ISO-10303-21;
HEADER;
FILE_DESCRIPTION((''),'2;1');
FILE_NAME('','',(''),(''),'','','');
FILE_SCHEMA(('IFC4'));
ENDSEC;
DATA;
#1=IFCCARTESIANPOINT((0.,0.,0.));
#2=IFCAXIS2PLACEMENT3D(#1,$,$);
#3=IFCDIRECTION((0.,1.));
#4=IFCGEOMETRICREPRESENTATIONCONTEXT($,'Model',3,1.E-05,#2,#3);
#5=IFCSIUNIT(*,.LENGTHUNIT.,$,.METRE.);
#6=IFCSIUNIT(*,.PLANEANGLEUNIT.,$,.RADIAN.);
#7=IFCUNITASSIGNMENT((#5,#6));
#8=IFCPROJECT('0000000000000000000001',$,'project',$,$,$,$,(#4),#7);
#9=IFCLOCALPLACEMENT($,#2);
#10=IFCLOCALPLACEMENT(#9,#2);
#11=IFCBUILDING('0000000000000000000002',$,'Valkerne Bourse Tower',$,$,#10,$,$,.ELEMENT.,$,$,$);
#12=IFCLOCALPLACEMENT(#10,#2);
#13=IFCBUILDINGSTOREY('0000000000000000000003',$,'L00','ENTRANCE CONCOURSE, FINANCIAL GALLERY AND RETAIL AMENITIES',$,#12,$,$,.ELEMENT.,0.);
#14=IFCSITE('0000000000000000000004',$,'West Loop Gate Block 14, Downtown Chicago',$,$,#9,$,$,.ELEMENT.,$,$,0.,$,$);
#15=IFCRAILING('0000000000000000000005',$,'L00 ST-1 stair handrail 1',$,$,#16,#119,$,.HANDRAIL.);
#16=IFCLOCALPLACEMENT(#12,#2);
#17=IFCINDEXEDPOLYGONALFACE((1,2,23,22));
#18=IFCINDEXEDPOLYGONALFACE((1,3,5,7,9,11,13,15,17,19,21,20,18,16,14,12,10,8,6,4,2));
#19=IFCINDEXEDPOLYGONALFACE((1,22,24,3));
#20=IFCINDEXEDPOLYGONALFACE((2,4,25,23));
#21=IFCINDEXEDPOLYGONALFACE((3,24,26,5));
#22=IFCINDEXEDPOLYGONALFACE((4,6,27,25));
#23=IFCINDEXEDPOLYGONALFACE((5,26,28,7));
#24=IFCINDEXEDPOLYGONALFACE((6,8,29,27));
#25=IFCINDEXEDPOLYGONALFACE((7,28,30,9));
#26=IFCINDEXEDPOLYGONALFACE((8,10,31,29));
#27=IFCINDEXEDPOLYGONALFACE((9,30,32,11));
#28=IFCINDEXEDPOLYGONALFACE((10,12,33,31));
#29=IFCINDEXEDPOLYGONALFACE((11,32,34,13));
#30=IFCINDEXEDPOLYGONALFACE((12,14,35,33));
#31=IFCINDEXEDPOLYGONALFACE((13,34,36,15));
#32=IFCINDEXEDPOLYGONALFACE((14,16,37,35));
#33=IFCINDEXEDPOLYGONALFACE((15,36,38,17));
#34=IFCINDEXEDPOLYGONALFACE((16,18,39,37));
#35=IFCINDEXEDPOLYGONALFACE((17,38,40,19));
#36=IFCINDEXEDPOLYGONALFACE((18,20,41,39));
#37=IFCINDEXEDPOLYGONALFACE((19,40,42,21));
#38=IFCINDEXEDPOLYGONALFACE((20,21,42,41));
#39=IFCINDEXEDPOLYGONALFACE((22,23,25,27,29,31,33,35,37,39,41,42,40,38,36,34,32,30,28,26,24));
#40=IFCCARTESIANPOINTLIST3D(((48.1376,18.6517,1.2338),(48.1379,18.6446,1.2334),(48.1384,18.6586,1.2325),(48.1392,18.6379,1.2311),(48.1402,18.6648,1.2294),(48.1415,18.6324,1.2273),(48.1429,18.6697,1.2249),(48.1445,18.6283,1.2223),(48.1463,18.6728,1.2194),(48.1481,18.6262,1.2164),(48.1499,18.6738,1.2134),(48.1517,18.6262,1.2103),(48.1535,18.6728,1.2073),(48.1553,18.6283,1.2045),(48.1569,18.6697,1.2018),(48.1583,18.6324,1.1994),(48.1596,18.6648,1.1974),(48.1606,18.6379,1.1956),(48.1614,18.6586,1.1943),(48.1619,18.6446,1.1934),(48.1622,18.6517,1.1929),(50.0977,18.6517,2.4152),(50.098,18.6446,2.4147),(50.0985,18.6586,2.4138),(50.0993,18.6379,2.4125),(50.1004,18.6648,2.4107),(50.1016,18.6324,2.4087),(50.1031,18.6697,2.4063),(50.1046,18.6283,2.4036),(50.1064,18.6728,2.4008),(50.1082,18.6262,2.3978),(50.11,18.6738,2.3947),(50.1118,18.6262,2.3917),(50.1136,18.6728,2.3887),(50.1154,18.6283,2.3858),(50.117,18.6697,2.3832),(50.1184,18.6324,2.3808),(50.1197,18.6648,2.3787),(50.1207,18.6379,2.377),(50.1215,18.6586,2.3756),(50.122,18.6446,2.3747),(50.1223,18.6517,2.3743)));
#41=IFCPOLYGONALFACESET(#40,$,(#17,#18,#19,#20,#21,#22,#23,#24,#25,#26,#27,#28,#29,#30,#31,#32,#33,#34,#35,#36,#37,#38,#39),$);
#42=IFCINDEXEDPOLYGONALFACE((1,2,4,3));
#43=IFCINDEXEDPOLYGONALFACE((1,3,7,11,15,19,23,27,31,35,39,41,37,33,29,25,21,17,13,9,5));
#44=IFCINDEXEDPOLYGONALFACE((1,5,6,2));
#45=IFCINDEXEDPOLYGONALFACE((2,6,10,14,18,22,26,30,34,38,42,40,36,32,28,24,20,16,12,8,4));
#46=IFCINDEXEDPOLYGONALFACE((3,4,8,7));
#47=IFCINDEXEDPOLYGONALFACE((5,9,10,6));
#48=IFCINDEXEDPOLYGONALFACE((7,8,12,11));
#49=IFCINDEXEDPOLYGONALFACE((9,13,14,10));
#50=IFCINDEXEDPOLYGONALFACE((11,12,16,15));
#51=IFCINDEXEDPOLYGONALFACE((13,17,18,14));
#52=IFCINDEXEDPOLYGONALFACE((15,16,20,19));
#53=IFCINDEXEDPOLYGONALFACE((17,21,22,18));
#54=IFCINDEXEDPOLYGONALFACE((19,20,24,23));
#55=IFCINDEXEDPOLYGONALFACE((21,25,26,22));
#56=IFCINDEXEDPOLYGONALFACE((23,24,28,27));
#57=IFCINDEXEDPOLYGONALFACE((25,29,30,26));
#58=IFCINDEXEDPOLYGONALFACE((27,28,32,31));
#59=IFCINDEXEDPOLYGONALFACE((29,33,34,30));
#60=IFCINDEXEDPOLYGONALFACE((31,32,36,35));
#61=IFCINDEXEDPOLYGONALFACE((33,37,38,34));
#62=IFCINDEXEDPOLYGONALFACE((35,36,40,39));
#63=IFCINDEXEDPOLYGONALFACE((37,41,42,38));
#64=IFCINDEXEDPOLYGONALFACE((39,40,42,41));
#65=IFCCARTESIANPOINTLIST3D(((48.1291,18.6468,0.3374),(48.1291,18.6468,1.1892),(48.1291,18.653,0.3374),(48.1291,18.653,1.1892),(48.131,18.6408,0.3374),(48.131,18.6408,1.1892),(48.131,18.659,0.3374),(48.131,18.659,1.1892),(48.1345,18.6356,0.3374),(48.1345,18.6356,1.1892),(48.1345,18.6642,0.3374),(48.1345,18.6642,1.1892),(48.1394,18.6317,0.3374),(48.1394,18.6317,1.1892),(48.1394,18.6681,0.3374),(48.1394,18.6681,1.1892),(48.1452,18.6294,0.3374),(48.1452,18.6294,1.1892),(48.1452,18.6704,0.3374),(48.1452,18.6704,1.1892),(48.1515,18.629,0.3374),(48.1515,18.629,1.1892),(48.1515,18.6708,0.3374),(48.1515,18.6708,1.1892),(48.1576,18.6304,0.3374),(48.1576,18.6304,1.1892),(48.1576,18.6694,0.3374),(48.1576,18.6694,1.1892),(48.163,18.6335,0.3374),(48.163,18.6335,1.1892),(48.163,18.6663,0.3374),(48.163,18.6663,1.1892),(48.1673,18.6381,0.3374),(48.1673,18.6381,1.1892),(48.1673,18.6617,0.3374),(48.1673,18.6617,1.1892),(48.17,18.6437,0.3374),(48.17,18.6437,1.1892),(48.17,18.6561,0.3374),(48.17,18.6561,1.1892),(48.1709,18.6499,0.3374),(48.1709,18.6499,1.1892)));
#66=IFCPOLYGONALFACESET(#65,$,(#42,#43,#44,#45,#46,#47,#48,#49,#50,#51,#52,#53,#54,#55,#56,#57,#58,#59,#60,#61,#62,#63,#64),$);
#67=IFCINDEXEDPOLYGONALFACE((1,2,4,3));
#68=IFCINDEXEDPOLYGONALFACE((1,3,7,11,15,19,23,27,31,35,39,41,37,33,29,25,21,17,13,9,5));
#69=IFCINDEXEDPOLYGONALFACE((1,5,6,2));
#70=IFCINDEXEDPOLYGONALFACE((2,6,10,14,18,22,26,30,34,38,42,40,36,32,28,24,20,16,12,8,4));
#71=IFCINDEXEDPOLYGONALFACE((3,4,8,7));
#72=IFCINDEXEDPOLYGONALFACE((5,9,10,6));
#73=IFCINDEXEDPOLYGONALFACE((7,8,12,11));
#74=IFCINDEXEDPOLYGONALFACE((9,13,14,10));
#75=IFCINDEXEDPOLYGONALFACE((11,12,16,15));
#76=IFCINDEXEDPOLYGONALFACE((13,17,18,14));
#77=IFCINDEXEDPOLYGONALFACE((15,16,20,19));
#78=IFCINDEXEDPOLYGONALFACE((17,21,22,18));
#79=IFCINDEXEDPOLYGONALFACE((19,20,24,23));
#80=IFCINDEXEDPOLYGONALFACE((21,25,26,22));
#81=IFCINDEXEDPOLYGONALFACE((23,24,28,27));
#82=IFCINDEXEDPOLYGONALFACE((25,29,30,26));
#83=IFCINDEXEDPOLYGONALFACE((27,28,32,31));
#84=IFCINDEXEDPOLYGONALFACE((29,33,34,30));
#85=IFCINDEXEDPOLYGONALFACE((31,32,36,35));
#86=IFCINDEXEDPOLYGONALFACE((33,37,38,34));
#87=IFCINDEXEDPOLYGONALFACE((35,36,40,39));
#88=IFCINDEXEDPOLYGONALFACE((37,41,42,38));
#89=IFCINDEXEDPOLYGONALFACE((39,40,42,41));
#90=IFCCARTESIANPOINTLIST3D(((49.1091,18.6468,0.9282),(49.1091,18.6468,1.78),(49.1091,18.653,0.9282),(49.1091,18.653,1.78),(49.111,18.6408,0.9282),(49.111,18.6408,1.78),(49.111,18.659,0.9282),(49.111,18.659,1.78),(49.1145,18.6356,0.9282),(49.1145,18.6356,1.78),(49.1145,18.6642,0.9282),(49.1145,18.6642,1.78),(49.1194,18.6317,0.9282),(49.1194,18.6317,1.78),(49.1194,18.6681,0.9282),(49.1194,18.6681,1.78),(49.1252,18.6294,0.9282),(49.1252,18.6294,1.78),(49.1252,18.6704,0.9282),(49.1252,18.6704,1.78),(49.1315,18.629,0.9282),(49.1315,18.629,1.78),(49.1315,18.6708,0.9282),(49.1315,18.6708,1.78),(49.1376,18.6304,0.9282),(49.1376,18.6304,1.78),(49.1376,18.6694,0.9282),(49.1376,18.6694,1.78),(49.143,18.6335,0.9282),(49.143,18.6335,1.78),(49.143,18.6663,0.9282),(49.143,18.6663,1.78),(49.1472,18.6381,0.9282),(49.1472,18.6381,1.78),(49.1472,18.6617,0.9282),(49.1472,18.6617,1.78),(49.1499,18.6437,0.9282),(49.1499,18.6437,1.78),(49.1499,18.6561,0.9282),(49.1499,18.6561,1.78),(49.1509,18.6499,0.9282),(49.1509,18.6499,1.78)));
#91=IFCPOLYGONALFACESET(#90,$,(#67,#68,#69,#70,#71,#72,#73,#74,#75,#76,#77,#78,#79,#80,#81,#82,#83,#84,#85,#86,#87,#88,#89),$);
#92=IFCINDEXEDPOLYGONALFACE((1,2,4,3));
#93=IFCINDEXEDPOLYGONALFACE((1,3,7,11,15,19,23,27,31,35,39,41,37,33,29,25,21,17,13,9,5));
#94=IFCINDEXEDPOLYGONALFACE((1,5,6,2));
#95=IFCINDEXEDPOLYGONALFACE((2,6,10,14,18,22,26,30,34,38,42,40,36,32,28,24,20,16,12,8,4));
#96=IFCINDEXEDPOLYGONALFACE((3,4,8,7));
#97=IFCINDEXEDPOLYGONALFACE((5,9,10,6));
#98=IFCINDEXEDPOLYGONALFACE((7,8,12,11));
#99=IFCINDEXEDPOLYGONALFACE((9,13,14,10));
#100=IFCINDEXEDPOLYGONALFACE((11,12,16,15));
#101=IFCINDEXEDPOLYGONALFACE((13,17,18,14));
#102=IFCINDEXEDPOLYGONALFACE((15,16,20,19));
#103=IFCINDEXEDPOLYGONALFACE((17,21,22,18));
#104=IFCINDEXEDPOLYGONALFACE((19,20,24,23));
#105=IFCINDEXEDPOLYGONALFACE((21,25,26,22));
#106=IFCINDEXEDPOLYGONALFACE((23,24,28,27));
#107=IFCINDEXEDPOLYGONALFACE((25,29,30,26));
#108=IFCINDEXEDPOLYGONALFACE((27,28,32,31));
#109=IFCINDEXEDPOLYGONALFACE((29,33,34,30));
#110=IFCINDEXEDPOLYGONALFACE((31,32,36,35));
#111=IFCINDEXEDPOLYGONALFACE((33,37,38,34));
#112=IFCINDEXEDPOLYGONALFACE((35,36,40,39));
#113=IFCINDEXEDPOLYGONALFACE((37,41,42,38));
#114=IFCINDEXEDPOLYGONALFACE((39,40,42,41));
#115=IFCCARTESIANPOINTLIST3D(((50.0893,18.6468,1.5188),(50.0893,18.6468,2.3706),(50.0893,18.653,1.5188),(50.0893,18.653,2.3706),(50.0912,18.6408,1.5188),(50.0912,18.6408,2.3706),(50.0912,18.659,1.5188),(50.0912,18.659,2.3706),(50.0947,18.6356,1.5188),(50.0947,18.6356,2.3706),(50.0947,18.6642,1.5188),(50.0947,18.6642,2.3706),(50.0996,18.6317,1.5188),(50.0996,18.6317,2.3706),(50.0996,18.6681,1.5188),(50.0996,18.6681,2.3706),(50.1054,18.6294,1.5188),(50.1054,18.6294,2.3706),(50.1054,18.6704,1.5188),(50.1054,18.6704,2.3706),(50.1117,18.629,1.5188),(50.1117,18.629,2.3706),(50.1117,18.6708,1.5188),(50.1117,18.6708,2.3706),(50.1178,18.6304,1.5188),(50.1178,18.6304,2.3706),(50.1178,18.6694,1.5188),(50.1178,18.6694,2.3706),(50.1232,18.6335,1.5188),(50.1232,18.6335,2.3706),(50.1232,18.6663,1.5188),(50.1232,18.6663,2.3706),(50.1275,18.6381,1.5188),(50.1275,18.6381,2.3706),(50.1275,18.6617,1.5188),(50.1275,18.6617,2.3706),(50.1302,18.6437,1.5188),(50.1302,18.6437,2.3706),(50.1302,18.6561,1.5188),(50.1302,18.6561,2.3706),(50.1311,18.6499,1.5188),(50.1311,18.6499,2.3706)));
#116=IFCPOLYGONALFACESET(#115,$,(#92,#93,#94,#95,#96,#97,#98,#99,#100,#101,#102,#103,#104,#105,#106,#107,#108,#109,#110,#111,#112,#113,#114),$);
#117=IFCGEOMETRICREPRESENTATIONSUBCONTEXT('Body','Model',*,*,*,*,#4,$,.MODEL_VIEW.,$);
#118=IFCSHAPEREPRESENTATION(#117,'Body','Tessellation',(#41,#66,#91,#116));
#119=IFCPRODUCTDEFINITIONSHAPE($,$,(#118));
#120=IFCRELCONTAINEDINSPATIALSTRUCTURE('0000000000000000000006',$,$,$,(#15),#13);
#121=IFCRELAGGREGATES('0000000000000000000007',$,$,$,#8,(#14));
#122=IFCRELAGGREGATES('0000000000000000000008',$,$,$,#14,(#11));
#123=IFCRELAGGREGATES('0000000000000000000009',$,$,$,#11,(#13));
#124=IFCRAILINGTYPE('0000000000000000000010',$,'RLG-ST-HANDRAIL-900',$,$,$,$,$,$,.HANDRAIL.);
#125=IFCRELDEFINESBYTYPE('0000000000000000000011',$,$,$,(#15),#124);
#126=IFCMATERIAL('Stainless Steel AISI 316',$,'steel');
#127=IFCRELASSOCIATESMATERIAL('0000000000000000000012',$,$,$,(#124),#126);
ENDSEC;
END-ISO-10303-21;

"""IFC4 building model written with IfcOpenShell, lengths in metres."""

from ifc_helpers import new_model, si_unit, direction, frame, origin, origin_2d, place, context, subcontext, project, spatial, circle, extrude, material, type_object, element, save


model = new_model("IFC4")

# Units and contexts
model_context = context("Model", 3, precision=1e-05, world=origin(), true_north=direction((0.0, 1.0)))
body_context = subcontext(model_context, "Body", "Model", "MODEL_VIEW")
ifc_project = project(units=[si_unit("LENGTHUNIT", "METRE"), si_unit("PLANEANGLEUNIT", "RADIAN")], contexts=[model_context])

# Site, building, storey
site_placement = place(None, origin())
site = spatial("IfcSite", under=ifc_project, at=site_placement, Name="West Loop Gate Block 14, Downtown Chicago", CompositionType="ELEMENT", RefElevation=0.0)
building_placement = place(site_placement, origin())
building = spatial("IfcBuilding", under=site, at=building_placement, Name="Valkerne Bourse Tower", CompositionType="ELEMENT")
storey_placement = place(building_placement, origin())
storey = spatial("IfcBuildingStorey", under=building, at=storey_placement, Name="L00", Description="ENTRANCE CONCOURSE, FINANCIAL GALLERY AND RETAIL AMENITIES", CompositionType="ELEMENT", Elevation=0.0)

# Shared definitions
ifc_material_1 = material(Name="Stainless Steel AISI 316", Category="steel")

# Railing
railing_type_1 = type_object("IfcRailingType", Name="RLG-ST-HANDRAIL-900", PredefinedType="HANDRAIL", material=ifc_material_1)
railing_1_placement = place(storey_placement, frame((48.1499, 18.6499, 0.3374)))
element("IfcRailing", 1, at=railing_1_placement, inside=storey, type_object=railing_type_1, Name="L00 ST-1 stair handrail 1", PredefinedType="HANDRAIL", context=body_context, shape_type="SweptSolid", body=[
    extrude(circle(Radius=0.0239, at=origin_2d()), frame((0.0, 0.0, 0.876), z_axis=(0.856475, 0.0, 0.516189), x_axis=(0.0, 1.0, 0.0)), (0.0, 0.0, 1.0), 2.2886),
    extrude(circle(Radius=0.021, at=origin_2d()), origin(), (0.0, 0.0, 1.0), 0.8518),
    extrude(circle(Radius=0.021, at=origin_2d()), frame((0.98, 0.0, 0.5908)), (0.0, 0.0, 1.0), 0.8518),
    extrude(circle(Radius=0.021, at=origin_2d()), frame((1.9602, 0.0, 1.1814)), (0.0, 0.0, 1.0), 0.8518),
])

save(model, "model.ifc")
